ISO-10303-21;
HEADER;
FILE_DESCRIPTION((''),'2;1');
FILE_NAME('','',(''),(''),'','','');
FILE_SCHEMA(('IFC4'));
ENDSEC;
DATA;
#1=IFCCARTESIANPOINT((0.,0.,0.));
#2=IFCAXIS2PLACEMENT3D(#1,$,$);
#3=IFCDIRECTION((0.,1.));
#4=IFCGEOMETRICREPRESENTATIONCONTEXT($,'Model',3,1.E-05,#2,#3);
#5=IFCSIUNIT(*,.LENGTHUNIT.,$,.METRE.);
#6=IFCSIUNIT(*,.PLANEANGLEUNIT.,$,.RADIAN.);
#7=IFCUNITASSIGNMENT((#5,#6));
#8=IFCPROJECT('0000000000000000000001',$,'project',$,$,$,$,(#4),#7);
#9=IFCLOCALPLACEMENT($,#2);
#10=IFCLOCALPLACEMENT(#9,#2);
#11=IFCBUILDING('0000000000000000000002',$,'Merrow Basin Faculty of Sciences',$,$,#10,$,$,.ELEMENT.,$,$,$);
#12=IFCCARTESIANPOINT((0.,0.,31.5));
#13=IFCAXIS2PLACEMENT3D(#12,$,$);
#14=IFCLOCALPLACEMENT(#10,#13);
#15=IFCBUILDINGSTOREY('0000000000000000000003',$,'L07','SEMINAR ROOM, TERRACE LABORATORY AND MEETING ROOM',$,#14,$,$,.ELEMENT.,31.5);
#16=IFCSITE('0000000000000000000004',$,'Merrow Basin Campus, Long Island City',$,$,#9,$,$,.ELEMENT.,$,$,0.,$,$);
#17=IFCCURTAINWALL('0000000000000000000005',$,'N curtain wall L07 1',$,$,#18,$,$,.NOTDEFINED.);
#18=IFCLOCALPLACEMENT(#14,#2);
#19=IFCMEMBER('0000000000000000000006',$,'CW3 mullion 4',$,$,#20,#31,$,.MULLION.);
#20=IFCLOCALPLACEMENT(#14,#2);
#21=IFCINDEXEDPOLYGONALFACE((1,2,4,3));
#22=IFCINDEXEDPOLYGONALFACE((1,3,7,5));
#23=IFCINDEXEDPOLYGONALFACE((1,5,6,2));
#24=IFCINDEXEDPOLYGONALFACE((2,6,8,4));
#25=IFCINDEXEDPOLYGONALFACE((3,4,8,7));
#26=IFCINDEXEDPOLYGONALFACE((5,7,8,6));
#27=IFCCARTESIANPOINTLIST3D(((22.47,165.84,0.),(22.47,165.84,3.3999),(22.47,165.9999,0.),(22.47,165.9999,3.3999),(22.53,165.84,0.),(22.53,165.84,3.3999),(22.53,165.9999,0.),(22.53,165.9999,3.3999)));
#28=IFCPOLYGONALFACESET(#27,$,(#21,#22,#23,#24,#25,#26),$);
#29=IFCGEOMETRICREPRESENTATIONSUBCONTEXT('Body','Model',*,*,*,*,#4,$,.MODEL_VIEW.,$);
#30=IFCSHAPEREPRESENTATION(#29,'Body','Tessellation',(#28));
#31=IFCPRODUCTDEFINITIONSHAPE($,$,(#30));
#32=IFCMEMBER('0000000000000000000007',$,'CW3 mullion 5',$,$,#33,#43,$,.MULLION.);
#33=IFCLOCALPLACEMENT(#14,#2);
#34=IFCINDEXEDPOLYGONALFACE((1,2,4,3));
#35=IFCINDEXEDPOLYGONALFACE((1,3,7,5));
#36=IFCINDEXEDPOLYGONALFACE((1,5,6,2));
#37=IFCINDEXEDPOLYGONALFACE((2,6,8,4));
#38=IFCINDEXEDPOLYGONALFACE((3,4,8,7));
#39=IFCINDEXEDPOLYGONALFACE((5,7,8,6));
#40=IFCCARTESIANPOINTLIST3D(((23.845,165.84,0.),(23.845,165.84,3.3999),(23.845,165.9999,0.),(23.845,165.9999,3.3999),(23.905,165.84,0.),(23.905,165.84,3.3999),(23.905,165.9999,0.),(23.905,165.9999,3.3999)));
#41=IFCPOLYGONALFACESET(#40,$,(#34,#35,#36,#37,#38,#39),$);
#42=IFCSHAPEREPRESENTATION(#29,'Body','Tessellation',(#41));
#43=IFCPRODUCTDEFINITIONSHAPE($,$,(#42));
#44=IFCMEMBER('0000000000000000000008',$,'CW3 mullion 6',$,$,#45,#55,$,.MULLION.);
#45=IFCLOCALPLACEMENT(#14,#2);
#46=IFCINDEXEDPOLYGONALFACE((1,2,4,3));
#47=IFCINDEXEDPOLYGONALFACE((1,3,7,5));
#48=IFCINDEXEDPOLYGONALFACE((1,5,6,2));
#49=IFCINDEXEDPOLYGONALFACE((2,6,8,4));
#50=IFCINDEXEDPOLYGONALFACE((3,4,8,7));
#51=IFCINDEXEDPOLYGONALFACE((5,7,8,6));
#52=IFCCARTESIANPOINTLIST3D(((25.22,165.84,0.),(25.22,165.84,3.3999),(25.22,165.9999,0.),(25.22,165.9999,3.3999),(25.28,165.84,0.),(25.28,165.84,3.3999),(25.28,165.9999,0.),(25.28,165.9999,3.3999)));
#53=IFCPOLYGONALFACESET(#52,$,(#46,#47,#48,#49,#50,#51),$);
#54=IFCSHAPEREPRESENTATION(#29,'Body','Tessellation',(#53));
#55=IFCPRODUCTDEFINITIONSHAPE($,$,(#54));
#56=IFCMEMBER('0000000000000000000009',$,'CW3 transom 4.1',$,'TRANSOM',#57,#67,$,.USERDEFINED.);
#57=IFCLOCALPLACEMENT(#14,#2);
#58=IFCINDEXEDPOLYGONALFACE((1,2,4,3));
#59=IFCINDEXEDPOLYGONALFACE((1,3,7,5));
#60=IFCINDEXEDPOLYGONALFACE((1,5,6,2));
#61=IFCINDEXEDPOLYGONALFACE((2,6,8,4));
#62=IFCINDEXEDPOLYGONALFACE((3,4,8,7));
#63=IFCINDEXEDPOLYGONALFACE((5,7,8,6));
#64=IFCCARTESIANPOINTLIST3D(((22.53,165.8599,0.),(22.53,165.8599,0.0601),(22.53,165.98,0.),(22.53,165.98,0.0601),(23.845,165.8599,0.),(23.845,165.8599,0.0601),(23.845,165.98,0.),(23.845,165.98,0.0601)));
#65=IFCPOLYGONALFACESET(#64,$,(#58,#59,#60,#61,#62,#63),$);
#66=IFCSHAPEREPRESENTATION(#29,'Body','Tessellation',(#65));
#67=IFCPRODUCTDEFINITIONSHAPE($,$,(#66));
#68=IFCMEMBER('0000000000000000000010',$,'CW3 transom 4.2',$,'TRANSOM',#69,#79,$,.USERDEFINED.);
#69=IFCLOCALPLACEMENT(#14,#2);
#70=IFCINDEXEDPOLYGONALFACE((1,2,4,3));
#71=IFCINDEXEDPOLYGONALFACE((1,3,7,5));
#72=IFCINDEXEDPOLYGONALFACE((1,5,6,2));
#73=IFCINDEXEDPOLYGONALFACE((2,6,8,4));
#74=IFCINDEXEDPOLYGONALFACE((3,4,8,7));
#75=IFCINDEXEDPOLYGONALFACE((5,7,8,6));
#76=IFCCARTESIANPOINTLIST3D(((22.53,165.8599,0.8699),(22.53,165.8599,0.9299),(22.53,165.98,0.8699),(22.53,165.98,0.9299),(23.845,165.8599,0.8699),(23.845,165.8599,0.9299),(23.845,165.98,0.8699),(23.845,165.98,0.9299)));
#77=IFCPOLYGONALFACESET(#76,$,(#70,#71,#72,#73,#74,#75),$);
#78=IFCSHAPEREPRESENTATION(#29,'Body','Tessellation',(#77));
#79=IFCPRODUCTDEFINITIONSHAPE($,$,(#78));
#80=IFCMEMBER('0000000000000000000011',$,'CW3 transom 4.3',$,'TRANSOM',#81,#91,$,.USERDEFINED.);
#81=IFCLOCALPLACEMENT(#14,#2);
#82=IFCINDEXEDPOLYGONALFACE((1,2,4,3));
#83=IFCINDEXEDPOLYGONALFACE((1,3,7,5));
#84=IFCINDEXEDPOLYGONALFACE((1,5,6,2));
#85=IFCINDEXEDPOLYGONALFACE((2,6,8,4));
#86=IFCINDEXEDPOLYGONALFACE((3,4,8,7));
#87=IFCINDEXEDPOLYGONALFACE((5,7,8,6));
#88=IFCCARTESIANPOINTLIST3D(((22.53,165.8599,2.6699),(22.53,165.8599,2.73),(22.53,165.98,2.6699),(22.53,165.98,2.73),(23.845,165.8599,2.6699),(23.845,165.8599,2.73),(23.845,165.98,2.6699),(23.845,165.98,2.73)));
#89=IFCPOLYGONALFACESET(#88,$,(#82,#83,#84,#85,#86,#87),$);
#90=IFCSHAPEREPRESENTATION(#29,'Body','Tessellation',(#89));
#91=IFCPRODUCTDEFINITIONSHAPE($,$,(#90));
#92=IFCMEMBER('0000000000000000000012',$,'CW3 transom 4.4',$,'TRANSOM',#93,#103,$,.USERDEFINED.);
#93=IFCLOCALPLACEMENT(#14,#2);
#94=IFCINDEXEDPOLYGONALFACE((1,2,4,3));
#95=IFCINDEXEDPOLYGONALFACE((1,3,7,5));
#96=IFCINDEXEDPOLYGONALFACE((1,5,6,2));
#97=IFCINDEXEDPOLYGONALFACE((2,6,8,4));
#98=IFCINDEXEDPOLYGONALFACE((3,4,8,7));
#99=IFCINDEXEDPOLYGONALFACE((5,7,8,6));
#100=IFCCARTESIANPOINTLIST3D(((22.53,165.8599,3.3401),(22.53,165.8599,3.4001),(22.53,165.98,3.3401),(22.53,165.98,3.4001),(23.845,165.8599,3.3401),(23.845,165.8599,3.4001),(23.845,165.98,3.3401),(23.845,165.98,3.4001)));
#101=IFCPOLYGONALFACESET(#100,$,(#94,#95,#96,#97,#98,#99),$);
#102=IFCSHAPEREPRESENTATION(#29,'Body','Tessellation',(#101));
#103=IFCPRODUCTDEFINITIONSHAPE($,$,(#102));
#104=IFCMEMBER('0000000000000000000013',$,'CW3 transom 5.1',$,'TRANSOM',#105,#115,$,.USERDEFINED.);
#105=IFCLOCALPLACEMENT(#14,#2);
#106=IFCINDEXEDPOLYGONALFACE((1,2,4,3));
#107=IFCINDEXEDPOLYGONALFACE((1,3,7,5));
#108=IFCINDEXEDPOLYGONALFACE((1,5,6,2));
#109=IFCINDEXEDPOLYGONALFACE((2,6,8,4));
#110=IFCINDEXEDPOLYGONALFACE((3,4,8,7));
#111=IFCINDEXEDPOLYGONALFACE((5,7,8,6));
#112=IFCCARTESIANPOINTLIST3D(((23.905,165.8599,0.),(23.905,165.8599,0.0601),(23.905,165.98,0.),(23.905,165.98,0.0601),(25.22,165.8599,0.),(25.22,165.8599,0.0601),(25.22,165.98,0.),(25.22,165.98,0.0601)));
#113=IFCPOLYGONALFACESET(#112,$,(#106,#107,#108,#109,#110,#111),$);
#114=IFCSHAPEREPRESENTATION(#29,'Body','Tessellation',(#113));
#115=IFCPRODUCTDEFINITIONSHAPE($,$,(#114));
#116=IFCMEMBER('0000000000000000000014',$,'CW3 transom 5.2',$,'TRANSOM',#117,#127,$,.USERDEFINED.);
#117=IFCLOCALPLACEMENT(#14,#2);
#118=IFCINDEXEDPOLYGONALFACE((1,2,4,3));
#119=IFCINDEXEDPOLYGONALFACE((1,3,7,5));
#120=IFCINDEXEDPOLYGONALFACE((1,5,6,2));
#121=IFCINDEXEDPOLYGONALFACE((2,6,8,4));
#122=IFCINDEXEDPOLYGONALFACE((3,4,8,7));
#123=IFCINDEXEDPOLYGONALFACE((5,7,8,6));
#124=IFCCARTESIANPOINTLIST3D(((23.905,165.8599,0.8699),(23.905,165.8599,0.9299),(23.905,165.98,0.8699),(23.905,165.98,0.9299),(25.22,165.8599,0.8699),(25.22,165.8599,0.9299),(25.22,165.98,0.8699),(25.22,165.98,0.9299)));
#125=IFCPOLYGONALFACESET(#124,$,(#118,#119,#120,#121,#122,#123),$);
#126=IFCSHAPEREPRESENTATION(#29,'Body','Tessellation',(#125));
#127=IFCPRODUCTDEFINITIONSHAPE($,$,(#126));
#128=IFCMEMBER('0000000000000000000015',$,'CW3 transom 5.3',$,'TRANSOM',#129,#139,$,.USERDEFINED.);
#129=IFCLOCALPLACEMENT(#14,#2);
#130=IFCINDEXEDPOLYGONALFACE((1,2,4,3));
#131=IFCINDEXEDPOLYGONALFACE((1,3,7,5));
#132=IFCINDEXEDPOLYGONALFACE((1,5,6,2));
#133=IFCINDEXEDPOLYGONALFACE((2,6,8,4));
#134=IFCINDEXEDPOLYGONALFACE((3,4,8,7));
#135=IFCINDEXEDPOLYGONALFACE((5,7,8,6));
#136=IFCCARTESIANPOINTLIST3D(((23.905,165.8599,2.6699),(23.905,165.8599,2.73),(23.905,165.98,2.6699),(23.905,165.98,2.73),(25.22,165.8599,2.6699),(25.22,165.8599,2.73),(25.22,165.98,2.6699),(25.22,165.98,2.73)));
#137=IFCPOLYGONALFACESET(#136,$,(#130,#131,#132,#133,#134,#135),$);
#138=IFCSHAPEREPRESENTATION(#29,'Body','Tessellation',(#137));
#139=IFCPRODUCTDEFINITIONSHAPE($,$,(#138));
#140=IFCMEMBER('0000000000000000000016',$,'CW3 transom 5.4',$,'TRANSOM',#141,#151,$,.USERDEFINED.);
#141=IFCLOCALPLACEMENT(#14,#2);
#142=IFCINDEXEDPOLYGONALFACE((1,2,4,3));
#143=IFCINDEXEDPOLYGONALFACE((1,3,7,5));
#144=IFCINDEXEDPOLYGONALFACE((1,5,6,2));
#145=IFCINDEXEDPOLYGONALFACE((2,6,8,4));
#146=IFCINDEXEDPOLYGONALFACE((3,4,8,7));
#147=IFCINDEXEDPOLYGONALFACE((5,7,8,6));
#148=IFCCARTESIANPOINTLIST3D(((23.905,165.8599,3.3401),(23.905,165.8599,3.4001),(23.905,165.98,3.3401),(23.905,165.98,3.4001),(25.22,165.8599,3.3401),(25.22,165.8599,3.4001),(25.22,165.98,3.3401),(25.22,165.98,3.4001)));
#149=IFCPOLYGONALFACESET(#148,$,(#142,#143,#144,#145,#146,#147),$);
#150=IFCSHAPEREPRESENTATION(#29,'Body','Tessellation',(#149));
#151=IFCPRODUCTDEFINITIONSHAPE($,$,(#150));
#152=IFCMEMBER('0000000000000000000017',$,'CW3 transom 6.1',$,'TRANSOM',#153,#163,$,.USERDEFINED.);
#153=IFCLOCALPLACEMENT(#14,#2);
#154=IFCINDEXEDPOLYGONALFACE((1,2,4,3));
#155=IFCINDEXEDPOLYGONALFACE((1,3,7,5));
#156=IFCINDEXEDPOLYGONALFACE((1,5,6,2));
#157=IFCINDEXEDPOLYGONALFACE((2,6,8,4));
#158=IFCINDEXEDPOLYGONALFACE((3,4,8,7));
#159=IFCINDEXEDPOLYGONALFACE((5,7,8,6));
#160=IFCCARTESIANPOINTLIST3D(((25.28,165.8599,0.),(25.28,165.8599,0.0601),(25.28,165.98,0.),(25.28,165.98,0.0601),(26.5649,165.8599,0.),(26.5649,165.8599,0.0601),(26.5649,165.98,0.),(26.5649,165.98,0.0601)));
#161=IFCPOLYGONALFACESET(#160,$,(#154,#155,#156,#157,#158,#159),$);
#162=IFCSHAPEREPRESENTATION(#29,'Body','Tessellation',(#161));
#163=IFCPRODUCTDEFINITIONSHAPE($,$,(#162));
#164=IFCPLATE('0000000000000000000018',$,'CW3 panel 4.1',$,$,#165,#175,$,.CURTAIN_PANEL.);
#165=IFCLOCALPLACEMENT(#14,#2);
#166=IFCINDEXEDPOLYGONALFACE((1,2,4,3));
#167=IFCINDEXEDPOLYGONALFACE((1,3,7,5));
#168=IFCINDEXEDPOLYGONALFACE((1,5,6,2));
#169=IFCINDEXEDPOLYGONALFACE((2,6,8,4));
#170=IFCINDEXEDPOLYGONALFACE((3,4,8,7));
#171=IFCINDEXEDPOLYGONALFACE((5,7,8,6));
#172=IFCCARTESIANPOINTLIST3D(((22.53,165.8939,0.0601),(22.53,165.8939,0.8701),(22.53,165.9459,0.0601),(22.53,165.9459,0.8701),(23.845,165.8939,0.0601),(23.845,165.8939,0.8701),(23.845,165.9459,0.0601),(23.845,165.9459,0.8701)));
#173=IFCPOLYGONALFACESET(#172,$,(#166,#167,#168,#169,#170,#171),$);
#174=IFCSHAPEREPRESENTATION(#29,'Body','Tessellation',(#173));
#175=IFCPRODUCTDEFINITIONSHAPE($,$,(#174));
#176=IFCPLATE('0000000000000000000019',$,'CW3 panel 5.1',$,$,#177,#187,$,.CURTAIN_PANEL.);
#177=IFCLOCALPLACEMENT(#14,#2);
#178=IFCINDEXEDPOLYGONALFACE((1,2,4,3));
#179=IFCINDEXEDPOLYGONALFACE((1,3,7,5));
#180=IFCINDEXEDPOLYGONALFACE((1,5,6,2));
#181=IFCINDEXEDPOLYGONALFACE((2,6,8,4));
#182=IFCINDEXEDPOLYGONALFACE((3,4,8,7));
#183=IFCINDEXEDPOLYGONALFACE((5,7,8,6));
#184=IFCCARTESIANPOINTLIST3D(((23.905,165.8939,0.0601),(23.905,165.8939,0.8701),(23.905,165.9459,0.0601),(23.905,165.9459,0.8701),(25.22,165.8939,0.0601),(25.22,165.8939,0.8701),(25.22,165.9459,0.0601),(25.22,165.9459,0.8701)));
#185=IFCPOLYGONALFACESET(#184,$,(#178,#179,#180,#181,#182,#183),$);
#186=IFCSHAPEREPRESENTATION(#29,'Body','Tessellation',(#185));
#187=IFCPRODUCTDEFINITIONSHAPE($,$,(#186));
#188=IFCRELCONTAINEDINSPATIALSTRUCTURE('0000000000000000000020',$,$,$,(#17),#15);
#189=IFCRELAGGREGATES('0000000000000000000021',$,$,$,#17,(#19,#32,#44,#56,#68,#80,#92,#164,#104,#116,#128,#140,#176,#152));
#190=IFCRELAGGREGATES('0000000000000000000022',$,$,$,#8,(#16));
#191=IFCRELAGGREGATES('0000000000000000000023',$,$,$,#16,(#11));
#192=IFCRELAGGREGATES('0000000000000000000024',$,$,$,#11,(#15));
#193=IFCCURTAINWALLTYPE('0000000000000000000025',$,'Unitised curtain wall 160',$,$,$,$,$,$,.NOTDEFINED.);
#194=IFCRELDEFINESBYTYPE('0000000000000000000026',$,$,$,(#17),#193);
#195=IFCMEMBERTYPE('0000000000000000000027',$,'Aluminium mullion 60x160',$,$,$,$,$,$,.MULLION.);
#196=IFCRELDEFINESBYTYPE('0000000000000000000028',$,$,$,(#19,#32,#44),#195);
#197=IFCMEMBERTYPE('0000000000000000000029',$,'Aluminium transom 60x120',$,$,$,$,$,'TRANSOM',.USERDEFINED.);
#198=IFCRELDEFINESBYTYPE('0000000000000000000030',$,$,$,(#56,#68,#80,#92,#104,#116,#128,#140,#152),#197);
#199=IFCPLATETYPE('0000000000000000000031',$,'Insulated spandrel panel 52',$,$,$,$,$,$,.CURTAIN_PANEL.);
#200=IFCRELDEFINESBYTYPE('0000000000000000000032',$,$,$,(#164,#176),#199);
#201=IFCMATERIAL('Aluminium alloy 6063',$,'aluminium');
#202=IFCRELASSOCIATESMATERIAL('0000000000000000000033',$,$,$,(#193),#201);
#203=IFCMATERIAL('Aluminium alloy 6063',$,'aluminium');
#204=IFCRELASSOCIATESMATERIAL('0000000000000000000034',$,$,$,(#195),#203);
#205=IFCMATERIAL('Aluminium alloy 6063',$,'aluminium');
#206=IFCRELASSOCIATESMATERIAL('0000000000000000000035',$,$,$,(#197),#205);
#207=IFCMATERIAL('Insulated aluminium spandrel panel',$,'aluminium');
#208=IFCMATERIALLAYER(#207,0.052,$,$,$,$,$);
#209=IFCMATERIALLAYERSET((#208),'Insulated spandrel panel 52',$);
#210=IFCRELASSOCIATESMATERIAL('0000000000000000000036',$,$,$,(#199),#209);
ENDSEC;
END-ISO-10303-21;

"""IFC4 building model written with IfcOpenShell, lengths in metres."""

from ifc_helpers import new_model, si_unit, direction, frame, origin, origin_2d, place, context, subcontext, project, spatial, rectangle, extrude, material, layer, layer_set, material_profile, profile_set, type_object, element, aggregate, save


model = new_model("IFC4")

# Units and contexts
model_context = context("Model", 3, precision=1e-05, world=origin(), true_north=direction((0.0, 1.0)))
body_context = subcontext(model_context, "Body", "Model", "MODEL_VIEW")
ifc_project = project(units=[si_unit("LENGTHUNIT", "METRE"), si_unit("PLANEANGLEUNIT", "RADIAN")], contexts=[model_context])

# Site, building, storey
site_placement = place(None, origin())
site = spatial("IfcSite", under=ifc_project, at=site_placement, Name="Merrow Basin Campus, Long Island City", CompositionType="ELEMENT", RefElevation=0.0)
building_placement = place(site_placement, origin())
building = spatial("IfcBuilding", under=site, at=building_placement, Name="Merrow Basin Faculty of Sciences", CompositionType="ELEMENT")
storey_placement = place(building_placement, frame((0.0, 0.0, 31.5)))
storey = spatial("IfcBuildingStorey", under=building, at=storey_placement, Name="L07", Description="SEMINAR ROOM, TERRACE LABORATORY AND MEETING ROOM", CompositionType="ELEMENT", Elevation=31.5)

# Curtain wall, members, plates
ifc_material_1 = material(Name="Aluminium alloy 6063", Category="aluminium")
curtain_wall_type = type_object("IfcCurtainWallType", Name="Unitised curtain wall 160", PredefinedType="NOTDEFINED", material=ifc_material_1)
curtain_wall_placement = place(storey_placement, origin())
curtain_wall = element("IfcCurtainWall", 1, at=curtain_wall_placement, inside=storey, type_object=curtain_wall_type, Name="N curtain wall L07 1", PredefinedType="NOTDEFINED")
ifc_material_2 = material(Name="Aluminium alloy 6063", Category="aluminium")
ifc_material_profile_1 = material_profile(ifc_material_2, rectangle(XDim=0.1599, YDim=0.0601, at=origin_2d()))
ifc_profile_set_1 = profile_set([ifc_material_profile_1], Name="Aluminium alloy 6063")
member_type_1 = type_object("IfcMemberType", Name="Aluminium mullion 60x160", PredefinedType="MULLION", material=ifc_profile_set_1)
member_1_placement = place(storey_placement, frame((22.5, 165.9199, 0.0), z_axis=(0.0, 0.0, 1.0), x_axis=(0.0, 1.0, 0.0)))
member_1 = element("IfcMember", 2, at=member_1_placement, type_object=member_type_1, Name="CW3 mullion 4", PredefinedType="MULLION", context=body_context, shape_type="SweptSolid", body=[
    extrude(rectangle(XDim=0.1599, YDim=0.0601, at=origin_2d()), origin(), (0.0, 0.0, 1.0), 3.3999),
])
member_2_placement = place(storey_placement, frame((23.875, 165.9199, 0.0), z_axis=(0.0, 0.0, 1.0), x_axis=(0.0, 1.0, 0.0)))
member_2 = element("IfcMember", 3, at=member_2_placement, type_object=member_type_1, Name="CW3 mullion 5", PredefinedType="MULLION", context=body_context, shape_type="SweptSolid", body=[
    extrude(rectangle(XDim=0.1599, YDim=0.0601, at=origin_2d()), origin(), (0.0, 0.0, 1.0), 3.3999),
])
member_3_placement = place(storey_placement, frame((25.25, 165.9199, 0.0), z_axis=(0.0, 0.0, 1.0), x_axis=(0.0, 1.0, 0.0)))
member_3 = element("IfcMember", 4, at=member_3_placement, type_object=member_type_1, Name="CW3 mullion 6", PredefinedType="MULLION", context=body_context, shape_type="SweptSolid", body=[
    extrude(rectangle(XDim=0.1599, YDim=0.0601, at=origin_2d()), origin(), (0.0, 0.0, 1.0), 3.3999),
])
ifc_material_3 = material(Name="Aluminium alloy 6063", Category="aluminium")
ifc_material_profile_2 = material_profile(ifc_material_3, rectangle(XDim=0.1201, YDim=0.0601, at=origin_2d()))
ifc_profile_set_2 = profile_set([ifc_material_profile_2], Name="Aluminium alloy 6063")
member_type_2 = type_object("IfcMemberType", Name="Aluminium transom 60x120", ElementType="TRANSOM", PredefinedType="USERDEFINED", material=ifc_profile_set_2)
member_4_placement = place(storey_placement, frame((22.53, 165.9199, 0.03), z_axis=(1.0, 0.0, 0.0), x_axis=(0.0, 1.0, 0.0)))
member_4 = element("IfcMember", 5, at=member_4_placement, type_object=member_type_2, Name="CW3 transom 4.1", ObjectType="TRANSOM", PredefinedType="USERDEFINED", context=body_context, shape_type="SweptSolid", body=[
    extrude(rectangle(XDim=0.1201, YDim=0.0601, at=origin_2d()), origin(), (0.0, 0.0, 1.0), 1.3149),
])
member_5_placement = place(storey_placement, frame((22.53, 165.9199, 0.8999), z_axis=(1.0, 0.0, 0.0), x_axis=(0.0, 1.0, 0.0)))
member_5 = element("IfcMember", 6, at=member_5_placement, type_object=member_type_2, Name="CW3 transom 4.2", ObjectType="TRANSOM", PredefinedType="USERDEFINED", context=body_context, shape_type="SweptSolid", body=[
    extrude(rectangle(XDim=0.1201, YDim=0.0601, at=origin_2d()), origin(), (0.0, 0.0, 1.0), 1.3149),
])
member_6_placement = place(storey_placement, frame((22.53, 165.9199, 2.7), z_axis=(1.0, 0.0, 0.0), x_axis=(0.0, 1.0, 0.0)))
member_6 = element("IfcMember", 7, at=member_6_placement, type_object=member_type_2, Name="CW3 transom 4.3", ObjectType="TRANSOM", PredefinedType="USERDEFINED", context=body_context, shape_type="SweptSolid", body=[
    extrude(rectangle(XDim=0.1201, YDim=0.0601, at=origin_2d()), origin(), (0.0, 0.0, 1.0), 1.3149),
])
member_7_placement = place(storey_placement, frame((22.53, 165.9199, 3.3701), z_axis=(1.0, 0.0, 0.0), x_axis=(0.0, 1.0, 0.0)))
member_7 = element("IfcMember", 8, at=member_7_placement, type_object=member_type_2, Name="CW3 transom 4.4", ObjectType="TRANSOM", PredefinedType="USERDEFINED", context=body_context, shape_type="SweptSolid", body=[
    extrude(rectangle(XDim=0.1201, YDim=0.0601, at=origin_2d()), origin(), (0.0, 0.0, 1.0), 1.3149),
])
member_8_placement = place(storey_placement, frame((23.905, 165.9199, 0.03), z_axis=(1.0, 0.0, 0.0), x_axis=(0.0, 1.0, 0.0)))
member_8 = element("IfcMember", 9, at=member_8_placement, type_object=member_type_2, Name="CW3 transom 5.1", ObjectType="TRANSOM", PredefinedType="USERDEFINED", context=body_context, shape_type="SweptSolid", body=[
    extrude(rectangle(XDim=0.1201, YDim=0.0601, at=origin_2d()), origin(), (0.0, 0.0, 1.0), 1.3149),
])
member_9_placement = place(storey_placement, frame((23.905, 165.9199, 0.8999), z_axis=(1.0, 0.0, 0.0), x_axis=(0.0, 1.0, 0.0)))
member_9 = element("IfcMember", 10, at=member_9_placement, type_object=member_type_2, Name="CW3 transom 5.2", ObjectType="TRANSOM", PredefinedType="USERDEFINED", context=body_context, shape_type="SweptSolid", body=[
    extrude(rectangle(XDim=0.1201, YDim=0.0601, at=origin_2d()), origin(), (0.0, 0.0, 1.0), 1.3149),
])
member_10_placement = place(storey_placement, frame((23.905, 165.9199, 2.7), z_axis=(1.0, 0.0, 0.0), x_axis=(0.0, 1.0, 0.0)))
member_10 = element("IfcMember", 11, at=member_10_placement, type_object=member_type_2, Name="CW3 transom 5.3", ObjectType="TRANSOM", PredefinedType="USERDEFINED", context=body_context, shape_type="SweptSolid", body=[
    extrude(rectangle(XDim=0.1201, YDim=0.0601, at=origin_2d()), origin(), (0.0, 0.0, 1.0), 1.3149),
])
member_11_placement = place(storey_placement, frame((23.905, 165.9199, 3.3701), z_axis=(1.0, 0.0, 0.0), x_axis=(0.0, 1.0, 0.0)))
member_11 = element("IfcMember", 12, at=member_11_placement, type_object=member_type_2, Name="CW3 transom 5.4", ObjectType="TRANSOM", PredefinedType="USERDEFINED", context=body_context, shape_type="SweptSolid", body=[
    extrude(rectangle(XDim=0.1201, YDim=0.0601, at=origin_2d()), origin(), (0.0, 0.0, 1.0), 1.3149),
])
member_12_placement = place(storey_placement, frame((25.28, 165.9199, 0.03), z_axis=(1.0, 0.0, 0.0), x_axis=(0.0, 1.0, 0.0)))
member_12 = element("IfcMember", 13, at=member_12_placement, type_object=member_type_2, Name="CW3 transom 6.1", ObjectType="TRANSOM", PredefinedType="USERDEFINED", context=body_context, shape_type="SweptSolid", body=[
    extrude(rectangle(XDim=0.1201, YDim=0.0601, at=origin_2d()), origin(), (0.0, 0.0, 1.0), 1.2849),
])
ifc_material_4 = material(Name="Insulated aluminium spandrel panel", Category="aluminium")
ifc_layer_1 = layer(ifc_material_4, 0.052)
ifc_layer_set_1 = layer_set([ifc_layer_1], Name="Insulated spandrel panel 52")
plate_type_1 = type_object("IfcPlateType", Name="Insulated spandrel panel 52", PredefinedType="CURTAIN_PANEL", material=ifc_layer_set_1)
plate_1_placement = place(storey_placement, frame((23.1875, 165.9199, 0.0601), z_axis=(0.0, 0.0, 1.0), x_axis=(1.0, 0.0, 0.0)))
plate_1 = element("IfcPlate", 14, at=plate_1_placement, type_object=plate_type_1, Name="CW3 panel 4.1", PredefinedType="CURTAIN_PANEL", context=body_context, shape_type="SweptSolid", body=[
    extrude(rectangle(XDim=1.3149, YDim=0.052, at=origin_2d()), origin(), (0.0, 0.0, 1.0), 0.8101),
])
plate_2_placement = place(storey_placement, frame((24.5625, 165.9199, 0.0601), z_axis=(0.0, 0.0, 1.0), x_axis=(1.0, 0.0, 0.0)))
plate_2 = element("IfcPlate", 15, at=plate_2_placement, type_object=plate_type_1, Name="CW3 panel 5.1", PredefinedType="CURTAIN_PANEL", context=body_context, shape_type="SweptSolid", body=[
    extrude(rectangle(XDim=1.3149, YDim=0.052, at=origin_2d()), origin(), (0.0, 0.0, 1.0), 0.8101),
])
aggregate(curtain_wall, [member_1, member_2, member_3, member_4, member_5, member_6, member_7, plate_1, member_8, member_9, member_10, member_11, plate_2, member_12])

save(model, "model.ifc")
